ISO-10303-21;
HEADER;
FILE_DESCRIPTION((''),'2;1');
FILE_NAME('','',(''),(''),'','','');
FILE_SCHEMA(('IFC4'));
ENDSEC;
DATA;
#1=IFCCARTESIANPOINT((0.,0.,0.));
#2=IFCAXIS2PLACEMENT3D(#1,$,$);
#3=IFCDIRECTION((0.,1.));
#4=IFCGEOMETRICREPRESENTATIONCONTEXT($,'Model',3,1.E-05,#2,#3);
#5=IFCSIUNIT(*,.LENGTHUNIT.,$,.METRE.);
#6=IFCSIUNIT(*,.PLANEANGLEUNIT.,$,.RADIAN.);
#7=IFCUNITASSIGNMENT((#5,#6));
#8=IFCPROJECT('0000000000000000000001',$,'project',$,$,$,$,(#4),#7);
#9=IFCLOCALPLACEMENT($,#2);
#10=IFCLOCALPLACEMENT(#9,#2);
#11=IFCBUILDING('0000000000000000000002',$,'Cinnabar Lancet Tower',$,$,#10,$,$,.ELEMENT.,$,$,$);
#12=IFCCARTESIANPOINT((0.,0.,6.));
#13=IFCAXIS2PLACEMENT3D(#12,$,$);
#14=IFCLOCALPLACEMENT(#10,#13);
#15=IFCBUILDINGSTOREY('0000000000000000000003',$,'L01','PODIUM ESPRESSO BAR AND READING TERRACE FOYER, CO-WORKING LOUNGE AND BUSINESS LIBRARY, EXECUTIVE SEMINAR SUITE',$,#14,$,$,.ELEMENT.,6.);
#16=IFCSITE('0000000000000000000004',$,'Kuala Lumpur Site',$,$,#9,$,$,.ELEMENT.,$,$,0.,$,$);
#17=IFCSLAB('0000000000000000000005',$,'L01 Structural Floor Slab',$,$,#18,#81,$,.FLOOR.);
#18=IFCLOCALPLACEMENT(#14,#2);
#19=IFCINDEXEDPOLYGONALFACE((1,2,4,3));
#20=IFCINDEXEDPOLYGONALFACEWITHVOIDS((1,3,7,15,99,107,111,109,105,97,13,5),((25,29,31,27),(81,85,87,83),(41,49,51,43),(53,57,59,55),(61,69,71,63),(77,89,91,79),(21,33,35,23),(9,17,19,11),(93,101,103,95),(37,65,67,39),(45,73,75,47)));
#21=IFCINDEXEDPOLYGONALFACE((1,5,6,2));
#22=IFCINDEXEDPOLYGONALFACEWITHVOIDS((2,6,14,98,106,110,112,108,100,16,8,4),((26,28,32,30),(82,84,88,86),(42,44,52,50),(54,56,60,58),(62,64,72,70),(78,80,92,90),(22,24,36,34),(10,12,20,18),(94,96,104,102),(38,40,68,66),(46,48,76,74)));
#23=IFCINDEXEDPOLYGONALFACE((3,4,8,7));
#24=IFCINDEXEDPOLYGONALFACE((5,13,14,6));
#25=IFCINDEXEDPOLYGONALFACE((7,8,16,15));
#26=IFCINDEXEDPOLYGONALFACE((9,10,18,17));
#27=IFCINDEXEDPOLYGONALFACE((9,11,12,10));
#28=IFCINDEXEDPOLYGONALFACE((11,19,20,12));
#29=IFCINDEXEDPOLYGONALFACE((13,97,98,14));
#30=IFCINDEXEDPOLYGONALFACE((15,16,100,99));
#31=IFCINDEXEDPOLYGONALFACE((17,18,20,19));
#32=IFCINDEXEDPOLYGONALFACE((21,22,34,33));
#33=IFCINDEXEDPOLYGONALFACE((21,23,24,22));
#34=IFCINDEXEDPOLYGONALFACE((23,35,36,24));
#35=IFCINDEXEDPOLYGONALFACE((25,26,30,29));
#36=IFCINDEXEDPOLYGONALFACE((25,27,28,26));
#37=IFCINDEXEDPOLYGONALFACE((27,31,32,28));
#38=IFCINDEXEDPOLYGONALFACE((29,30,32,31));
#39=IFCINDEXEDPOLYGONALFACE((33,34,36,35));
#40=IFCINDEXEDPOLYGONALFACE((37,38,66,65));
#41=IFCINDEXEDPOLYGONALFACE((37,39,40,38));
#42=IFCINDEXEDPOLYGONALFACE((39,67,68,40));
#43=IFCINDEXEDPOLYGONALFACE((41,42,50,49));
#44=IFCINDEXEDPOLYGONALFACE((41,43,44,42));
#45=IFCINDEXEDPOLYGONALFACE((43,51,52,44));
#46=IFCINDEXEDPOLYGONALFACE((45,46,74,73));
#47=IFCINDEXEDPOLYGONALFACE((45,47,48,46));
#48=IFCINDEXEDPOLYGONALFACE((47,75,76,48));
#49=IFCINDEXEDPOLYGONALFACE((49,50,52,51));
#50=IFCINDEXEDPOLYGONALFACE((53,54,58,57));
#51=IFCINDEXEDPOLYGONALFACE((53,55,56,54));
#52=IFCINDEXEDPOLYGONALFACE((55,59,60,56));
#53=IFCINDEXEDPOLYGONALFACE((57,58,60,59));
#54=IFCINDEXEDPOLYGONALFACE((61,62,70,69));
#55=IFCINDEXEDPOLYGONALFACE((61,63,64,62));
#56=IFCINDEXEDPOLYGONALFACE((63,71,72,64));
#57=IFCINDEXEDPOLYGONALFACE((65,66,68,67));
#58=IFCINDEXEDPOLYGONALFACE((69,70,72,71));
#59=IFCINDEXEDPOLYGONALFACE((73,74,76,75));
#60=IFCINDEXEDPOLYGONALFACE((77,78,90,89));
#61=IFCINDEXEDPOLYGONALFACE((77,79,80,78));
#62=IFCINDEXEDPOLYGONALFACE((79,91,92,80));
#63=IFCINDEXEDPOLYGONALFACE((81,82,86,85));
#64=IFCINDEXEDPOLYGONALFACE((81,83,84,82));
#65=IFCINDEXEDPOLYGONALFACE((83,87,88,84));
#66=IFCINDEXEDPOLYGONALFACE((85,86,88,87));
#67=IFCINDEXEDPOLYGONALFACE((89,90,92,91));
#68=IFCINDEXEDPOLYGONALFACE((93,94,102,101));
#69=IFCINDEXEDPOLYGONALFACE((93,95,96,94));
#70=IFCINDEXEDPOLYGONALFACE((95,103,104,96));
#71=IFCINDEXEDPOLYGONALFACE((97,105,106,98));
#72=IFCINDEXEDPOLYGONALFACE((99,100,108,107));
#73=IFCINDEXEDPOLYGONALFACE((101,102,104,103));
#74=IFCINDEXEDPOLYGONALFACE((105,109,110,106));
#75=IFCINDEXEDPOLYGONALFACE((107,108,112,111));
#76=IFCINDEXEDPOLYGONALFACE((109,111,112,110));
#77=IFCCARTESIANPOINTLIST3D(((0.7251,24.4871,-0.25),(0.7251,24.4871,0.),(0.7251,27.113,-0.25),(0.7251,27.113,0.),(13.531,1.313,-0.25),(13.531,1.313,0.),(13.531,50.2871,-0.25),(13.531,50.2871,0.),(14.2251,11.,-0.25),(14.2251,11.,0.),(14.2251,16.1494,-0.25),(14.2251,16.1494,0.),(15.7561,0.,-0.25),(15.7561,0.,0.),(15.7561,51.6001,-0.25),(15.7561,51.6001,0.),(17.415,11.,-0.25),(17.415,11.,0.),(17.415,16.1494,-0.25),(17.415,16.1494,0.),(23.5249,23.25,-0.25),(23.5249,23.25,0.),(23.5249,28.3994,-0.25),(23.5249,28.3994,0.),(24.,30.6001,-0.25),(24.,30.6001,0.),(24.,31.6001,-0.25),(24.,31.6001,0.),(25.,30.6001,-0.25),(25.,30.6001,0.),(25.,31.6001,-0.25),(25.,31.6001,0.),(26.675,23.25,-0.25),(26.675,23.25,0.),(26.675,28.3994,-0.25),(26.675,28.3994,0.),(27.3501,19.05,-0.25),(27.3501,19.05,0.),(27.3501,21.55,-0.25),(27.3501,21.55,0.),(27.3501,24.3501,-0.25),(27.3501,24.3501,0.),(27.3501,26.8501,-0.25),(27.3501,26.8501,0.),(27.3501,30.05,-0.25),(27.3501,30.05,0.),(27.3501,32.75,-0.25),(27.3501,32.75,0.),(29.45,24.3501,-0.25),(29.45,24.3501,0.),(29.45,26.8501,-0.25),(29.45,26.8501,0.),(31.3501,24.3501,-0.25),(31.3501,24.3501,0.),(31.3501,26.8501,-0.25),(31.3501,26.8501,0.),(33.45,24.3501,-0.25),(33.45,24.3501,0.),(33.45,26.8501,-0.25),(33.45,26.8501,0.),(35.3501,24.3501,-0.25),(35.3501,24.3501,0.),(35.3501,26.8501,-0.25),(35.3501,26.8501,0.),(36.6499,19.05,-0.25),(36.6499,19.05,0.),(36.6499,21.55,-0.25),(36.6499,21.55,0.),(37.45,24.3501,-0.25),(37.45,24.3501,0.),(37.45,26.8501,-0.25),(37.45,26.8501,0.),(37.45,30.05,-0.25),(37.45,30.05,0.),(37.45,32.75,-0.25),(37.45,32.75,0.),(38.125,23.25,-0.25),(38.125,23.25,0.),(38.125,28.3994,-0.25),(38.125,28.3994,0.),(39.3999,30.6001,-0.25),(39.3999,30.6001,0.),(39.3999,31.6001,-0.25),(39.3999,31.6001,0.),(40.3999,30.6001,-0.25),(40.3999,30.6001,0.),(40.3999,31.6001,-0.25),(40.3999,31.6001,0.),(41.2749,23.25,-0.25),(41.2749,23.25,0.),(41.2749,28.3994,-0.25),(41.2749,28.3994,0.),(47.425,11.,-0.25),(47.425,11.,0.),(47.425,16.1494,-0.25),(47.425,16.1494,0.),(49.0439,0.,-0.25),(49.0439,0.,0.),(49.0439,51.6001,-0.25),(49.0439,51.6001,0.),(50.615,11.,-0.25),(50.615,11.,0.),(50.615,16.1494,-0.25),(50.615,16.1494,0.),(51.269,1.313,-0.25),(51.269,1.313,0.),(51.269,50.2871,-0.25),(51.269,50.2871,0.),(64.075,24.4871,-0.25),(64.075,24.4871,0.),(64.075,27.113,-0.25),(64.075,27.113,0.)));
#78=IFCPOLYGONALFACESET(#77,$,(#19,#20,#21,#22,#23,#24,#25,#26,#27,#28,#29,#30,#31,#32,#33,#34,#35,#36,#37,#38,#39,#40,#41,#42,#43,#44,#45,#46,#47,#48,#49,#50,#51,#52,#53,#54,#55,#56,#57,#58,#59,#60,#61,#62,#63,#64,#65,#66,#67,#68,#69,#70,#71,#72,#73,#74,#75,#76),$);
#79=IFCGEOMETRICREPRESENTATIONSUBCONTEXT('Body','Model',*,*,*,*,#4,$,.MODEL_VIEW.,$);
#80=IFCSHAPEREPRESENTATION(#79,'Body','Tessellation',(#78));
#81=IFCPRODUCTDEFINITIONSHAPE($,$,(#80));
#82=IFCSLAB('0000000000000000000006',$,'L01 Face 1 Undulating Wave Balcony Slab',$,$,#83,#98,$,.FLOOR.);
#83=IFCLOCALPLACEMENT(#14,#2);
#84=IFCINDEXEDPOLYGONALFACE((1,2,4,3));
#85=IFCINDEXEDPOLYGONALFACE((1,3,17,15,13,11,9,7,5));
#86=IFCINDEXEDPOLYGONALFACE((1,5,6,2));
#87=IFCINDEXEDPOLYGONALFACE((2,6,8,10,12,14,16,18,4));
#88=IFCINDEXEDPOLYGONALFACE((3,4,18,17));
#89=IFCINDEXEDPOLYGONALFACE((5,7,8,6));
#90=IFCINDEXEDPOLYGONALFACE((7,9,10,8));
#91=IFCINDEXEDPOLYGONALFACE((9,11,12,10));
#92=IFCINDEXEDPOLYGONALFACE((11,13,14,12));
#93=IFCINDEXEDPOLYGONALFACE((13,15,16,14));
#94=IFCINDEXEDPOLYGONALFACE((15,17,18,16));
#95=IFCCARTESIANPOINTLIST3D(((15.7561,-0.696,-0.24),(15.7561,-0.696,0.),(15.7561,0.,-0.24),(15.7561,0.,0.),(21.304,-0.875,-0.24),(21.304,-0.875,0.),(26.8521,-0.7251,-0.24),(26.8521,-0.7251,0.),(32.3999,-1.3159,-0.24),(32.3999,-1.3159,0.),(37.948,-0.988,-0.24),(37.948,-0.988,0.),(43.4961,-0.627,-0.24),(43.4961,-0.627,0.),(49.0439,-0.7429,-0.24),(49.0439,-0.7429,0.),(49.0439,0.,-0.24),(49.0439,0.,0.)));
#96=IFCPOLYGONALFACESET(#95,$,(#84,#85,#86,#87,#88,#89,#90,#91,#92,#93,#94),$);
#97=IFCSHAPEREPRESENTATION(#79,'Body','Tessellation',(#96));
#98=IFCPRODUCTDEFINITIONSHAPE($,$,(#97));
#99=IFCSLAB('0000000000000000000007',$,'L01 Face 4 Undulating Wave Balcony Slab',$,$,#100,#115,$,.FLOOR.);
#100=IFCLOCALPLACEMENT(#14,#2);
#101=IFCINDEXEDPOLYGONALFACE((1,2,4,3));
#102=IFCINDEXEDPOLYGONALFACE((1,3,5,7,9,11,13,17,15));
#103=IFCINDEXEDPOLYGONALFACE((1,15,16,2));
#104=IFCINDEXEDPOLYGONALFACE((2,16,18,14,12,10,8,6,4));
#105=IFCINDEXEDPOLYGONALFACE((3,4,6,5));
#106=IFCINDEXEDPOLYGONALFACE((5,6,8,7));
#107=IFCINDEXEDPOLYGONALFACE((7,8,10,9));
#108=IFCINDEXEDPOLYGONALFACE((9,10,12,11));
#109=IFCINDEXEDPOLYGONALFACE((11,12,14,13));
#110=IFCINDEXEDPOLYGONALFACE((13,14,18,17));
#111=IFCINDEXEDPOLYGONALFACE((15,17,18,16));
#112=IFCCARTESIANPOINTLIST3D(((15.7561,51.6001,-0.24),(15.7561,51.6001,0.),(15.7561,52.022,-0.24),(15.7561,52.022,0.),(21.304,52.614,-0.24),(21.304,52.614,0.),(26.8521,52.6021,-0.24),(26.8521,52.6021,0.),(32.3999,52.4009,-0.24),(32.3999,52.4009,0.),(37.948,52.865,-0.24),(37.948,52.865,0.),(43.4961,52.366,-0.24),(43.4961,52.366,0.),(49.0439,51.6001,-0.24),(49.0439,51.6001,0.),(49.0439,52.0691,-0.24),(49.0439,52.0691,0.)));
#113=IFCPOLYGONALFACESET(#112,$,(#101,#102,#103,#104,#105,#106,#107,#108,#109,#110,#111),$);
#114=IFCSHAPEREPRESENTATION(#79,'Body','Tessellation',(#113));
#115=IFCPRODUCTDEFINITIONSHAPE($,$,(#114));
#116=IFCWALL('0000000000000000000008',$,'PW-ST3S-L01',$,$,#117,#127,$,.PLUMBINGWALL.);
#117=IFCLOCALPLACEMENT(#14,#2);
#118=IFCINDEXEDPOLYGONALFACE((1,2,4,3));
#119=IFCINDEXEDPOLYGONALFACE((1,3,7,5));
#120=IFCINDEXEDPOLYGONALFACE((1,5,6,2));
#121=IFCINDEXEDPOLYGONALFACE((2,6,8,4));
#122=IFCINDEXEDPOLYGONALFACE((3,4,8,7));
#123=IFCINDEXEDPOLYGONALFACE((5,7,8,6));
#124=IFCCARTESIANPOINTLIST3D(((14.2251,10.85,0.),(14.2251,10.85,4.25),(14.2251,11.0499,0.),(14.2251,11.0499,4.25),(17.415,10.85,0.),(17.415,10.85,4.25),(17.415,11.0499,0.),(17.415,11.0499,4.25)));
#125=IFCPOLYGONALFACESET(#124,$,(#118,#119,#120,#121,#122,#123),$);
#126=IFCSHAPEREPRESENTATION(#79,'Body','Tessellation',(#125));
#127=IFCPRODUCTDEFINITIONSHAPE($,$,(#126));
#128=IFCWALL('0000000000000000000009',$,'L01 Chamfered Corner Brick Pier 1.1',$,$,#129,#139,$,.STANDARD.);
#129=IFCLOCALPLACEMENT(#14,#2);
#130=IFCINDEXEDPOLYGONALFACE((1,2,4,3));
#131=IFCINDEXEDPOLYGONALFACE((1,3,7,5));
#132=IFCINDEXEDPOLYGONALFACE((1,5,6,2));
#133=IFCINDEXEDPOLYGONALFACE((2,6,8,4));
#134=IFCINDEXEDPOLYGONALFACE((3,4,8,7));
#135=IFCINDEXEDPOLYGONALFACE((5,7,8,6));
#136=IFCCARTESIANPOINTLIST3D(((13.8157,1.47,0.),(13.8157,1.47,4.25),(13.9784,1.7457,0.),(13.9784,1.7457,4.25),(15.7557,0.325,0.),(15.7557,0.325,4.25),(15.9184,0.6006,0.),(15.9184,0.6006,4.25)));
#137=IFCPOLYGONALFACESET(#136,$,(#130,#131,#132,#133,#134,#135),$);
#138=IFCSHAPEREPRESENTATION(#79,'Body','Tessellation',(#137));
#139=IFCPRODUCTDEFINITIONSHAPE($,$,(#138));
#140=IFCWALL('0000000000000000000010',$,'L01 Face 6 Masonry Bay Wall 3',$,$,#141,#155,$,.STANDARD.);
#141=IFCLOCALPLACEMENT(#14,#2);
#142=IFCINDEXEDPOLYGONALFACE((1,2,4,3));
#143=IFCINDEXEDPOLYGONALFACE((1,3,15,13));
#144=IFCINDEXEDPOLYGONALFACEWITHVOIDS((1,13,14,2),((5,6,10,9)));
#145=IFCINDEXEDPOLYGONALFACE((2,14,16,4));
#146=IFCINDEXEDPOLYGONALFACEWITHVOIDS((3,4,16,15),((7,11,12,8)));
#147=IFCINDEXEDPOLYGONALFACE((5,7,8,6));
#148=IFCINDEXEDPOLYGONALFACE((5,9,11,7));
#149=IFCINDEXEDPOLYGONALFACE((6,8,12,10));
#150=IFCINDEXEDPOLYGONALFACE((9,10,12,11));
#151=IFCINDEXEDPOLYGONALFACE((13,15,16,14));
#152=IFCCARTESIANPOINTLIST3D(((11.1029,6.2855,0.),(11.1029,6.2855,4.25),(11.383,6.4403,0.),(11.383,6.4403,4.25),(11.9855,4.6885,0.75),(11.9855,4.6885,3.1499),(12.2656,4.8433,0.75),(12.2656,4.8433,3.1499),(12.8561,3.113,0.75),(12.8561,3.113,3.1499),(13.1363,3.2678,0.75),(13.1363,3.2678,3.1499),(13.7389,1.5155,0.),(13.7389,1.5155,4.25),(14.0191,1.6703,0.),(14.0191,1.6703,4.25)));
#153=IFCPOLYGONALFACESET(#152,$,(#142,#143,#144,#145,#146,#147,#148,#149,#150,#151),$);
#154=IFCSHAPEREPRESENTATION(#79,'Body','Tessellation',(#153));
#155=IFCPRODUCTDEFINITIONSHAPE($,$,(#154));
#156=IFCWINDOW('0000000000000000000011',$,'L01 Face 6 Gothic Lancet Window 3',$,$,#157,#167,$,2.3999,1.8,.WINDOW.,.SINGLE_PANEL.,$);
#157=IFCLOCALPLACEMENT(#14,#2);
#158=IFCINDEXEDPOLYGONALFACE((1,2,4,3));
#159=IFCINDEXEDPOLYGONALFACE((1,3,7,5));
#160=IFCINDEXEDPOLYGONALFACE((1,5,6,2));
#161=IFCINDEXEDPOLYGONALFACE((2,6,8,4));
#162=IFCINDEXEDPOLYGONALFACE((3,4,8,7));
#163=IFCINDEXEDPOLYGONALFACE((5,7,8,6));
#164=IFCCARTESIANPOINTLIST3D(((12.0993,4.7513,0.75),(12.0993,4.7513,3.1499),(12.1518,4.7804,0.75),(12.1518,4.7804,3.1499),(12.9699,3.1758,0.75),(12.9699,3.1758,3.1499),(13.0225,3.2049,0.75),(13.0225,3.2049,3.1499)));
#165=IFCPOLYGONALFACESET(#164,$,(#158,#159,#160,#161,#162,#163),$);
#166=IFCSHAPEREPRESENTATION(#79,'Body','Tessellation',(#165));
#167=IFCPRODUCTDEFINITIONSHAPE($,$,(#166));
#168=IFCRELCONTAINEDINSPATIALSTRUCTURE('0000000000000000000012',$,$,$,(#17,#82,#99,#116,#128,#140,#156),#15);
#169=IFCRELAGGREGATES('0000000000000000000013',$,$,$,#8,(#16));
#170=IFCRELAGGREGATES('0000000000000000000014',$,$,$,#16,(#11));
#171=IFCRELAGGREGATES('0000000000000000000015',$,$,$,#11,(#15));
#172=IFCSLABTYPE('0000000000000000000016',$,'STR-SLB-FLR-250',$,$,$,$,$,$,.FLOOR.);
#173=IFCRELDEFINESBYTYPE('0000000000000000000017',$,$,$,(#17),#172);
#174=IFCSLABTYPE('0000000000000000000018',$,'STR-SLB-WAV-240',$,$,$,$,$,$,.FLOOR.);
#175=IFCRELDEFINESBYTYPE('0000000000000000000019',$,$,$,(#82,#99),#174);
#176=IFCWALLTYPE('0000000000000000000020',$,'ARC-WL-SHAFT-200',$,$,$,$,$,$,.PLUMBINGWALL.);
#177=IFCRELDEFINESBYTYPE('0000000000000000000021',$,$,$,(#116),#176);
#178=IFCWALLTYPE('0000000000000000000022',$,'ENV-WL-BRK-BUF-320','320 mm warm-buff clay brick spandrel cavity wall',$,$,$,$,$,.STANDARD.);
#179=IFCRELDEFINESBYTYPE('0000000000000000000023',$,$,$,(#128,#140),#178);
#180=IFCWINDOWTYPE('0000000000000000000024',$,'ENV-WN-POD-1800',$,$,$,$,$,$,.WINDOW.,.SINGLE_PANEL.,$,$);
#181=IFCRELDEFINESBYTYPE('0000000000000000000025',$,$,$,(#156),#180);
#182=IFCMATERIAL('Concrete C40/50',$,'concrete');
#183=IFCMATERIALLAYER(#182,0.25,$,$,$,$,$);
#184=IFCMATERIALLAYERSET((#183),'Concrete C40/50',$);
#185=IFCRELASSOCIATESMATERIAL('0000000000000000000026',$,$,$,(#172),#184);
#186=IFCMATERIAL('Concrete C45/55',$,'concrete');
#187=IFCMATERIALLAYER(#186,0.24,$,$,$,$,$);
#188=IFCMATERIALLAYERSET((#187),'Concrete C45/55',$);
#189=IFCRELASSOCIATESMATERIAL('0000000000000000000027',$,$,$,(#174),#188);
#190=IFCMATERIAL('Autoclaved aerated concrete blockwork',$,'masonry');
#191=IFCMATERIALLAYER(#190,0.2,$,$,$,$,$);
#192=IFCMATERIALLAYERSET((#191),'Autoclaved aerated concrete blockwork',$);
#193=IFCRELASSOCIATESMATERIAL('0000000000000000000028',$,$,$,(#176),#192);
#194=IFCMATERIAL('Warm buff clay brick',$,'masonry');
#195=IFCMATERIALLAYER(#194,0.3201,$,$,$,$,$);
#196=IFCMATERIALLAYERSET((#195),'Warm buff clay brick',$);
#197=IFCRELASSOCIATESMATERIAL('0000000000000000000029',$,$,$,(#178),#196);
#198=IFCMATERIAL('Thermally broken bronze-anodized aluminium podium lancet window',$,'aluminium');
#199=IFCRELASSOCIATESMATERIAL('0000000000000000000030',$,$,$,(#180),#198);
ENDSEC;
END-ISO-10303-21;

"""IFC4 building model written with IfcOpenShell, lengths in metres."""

from ifc_helpers import new_model, si_unit, direction, frame, frame_2d, origin, place, context, subcontext, project, spatial, polyline, rectangle, outline, extrude, material, layer, layer_set, type_object, element, fill, save


model = new_model("IFC4")

# Units and contexts
model_context = context("Model", 3, precision=1e-05, world=origin(), true_north=direction((0.0, 1.0)))
body_context = subcontext(model_context, "Body", "Model", "MODEL_VIEW")
ifc_project = project(units=[si_unit("LENGTHUNIT", "METRE"), si_unit("PLANEANGLEUNIT", "RADIAN")], contexts=[model_context])

# Site, building, storey
site_placement = place(None, origin())
site = spatial("IfcSite", under=ifc_project, at=site_placement, Name="Kuala Lumpur Site", CompositionType="ELEMENT", RefElevation=0.0)
building_placement = place(site_placement, origin())
building = spatial("IfcBuilding", under=site, at=building_placement, Name="Cinnabar Lancet Tower", CompositionType="ELEMENT")
storey_placement = place(building_placement, frame((0.0, 0.0, 6.0)))
storey = spatial("IfcBuildingStorey", under=building, at=storey_placement, Name="L01", Description="PODIUM ESPRESSO BAR AND READING TERRACE FOYER, CO-WORKING LOUNGE AND BUSINESS LIBRARY, EXECUTIVE SEMINAR SUITE", CompositionType="ELEMENT", Elevation=6.0)

# Slabs
ifc_material_1 = material(Name="Concrete C40/50", Category="concrete")
ifc_layer_1 = layer(ifc_material_1, 0.25)
ifc_layer_set_1 = layer_set([ifc_layer_1], Name="Concrete C40/50")
slab_type_1 = type_object("IfcSlabType", Name="STR-SLB-FLR-250", PredefinedType="FLOOR", material=ifc_layer_set_1)
slab_1_placement = place(storey_placement, frame((0.0, 0.0, -0.25)))
element("IfcSlab", 1, at=slab_1_placement, inside=storey, type_object=slab_type_1, Name="L01 Structural Floor Slab", PredefinedType="FLOOR", context=body_context, shape_type="SweptSolid", body=[
    extrude(outline(polyline([(13.531, 1.313), (15.7561, 0.0), (49.0439, 0.0), (51.269, 1.313), (64.075, 24.4871), (64.075, 27.113), (51.269, 50.2871), (49.0439, 51.6001), (15.7561, 51.6001), (13.531, 50.2871), (0.7251, 27.113), (0.7251, 24.4871), (13.531, 1.313)]), holes=[polyline([(23.5249, 23.25), (26.675, 23.25), (26.675, 28.3994), (23.5249, 28.3994), (23.5249, 23.25)]), polyline([(38.125, 23.25), (41.2749, 23.25), (41.2749, 28.3994), (38.125, 28.3994), (38.125, 23.25)]), polyline([(14.2251, 11.0), (17.415, 11.0), (17.415, 16.1494), (14.2251, 16.1494), (14.2251, 11.0)]), polyline([(47.425, 11.0), (50.615, 11.0), (50.615, 16.1494), (47.425, 16.1494), (47.425, 11.0)]), polyline([(27.3501, 30.05), (37.45, 30.05), (37.45, 32.75), (27.3501, 32.75), (27.3501, 30.05)]), polyline([(27.3501, 19.05), (36.6499, 19.05), (36.6499, 21.55), (27.3501, 21.55), (27.3501, 19.05)]), polyline([(27.3501, 24.3501), (29.45, 24.3501), (29.45, 26.8501), (27.3501, 26.8501), (27.3501, 24.3501)]), polyline([(35.3501, 24.3501), (37.45, 24.3501), (37.45, 26.8501), (35.3501, 26.8501), (35.3501, 24.3501)]), polyline([(31.3501, 24.3501), (33.45, 24.3501), (33.45, 26.8501), (31.3501, 26.8501), (31.3501, 24.3501)]), polyline([(24.0, 30.6001), (25.0, 30.6001), (25.0, 31.6001), (24.0, 31.6001), (24.0, 30.6001)]), polyline([(39.3999, 30.6001), (40.3999, 30.6001), (40.3999, 31.6001), (39.3999, 31.6001), (39.3999, 30.6001)])]), origin(), (0.0, 0.0, 1.0), 0.25),
])
ifc_material_2 = material(Name="Concrete C45/55", Category="concrete")
ifc_layer_2 = layer(ifc_material_2, 0.24)
ifc_layer_set_2 = layer_set([ifc_layer_2], Name="Concrete C45/55")
slab_type_2 = type_object("IfcSlabType", Name="STR-SLB-WAV-240", PredefinedType="FLOOR", material=ifc_layer_set_2)
slab_2_placement = place(storey_placement, frame((0.0, 0.0, -0.24)))
element("IfcSlab", 2, at=slab_2_placement, inside=storey, type_object=slab_type_2, Name="L01 Face 1 Undulating Wave Balcony Slab", PredefinedType="FLOOR", context=body_context, shape_type="SweptSolid", body=[
    extrude(outline(polyline([(15.7561, 0.0), (15.7561, -0.696), (21.304, -0.875), (26.8521, -0.7251), (32.3999, -1.3159), (37.948, -0.988), (43.4961, -0.627), (49.0439, -0.7429), (49.0439, 0.0), (15.7561, 0.0)])), origin(), (0.0, 0.0, 1.0), 0.24),
])
slab_3_placement = place(storey_placement, frame((0.0, 0.0, -0.24)))
element("IfcSlab", 3, at=slab_3_placement, inside=storey, type_object=slab_type_2, Name="L01 Face 4 Undulating Wave Balcony Slab", PredefinedType="FLOOR", context=body_context, shape_type="SweptSolid", body=[
    extrude(outline(polyline([(49.0439, 51.6001), (49.0439, 52.0691), (43.4961, 52.366), (37.948, 52.865), (32.3999, 52.4009), (26.8521, 52.6021), (21.304, 52.614), (15.7561, 52.022), (15.7561, 51.6001), (49.0439, 51.6001)])), origin(), (0.0, 0.0, 1.0), 0.24),
])

# Walls
ifc_material_3 = material(Name="Autoclaved aerated concrete blockwork", Category="masonry")
ifc_layer_3 = layer(ifc_material_3, 0.2)
ifc_layer_set_3 = layer_set([ifc_layer_3], Name="Autoclaved aerated concrete blockwork")
wall_type_1 = type_object("IfcWallType", Name="ARC-WL-SHAFT-200", PredefinedType="PLUMBINGWALL", material=ifc_layer_set_3)
wall_1_placement = place(storey_placement, frame((14.2251, 10.95, 0.0), z_axis=(0.0, 0.0, 1.0), x_axis=(1.0, 0.0, 0.0)))
element("IfcWall", 4, at=wall_1_placement, inside=storey, type_object=wall_type_1, Name="PW-ST3S-L01", PredefinedType="PLUMBINGWALL", context=body_context, shape_type="SweptSolid", body=[
    extrude(rectangle(XDim=3.1899, YDim=0.2, at=frame_2d((1.595, 0.0))), origin(), (0.0, 0.0, 1.0), 4.25),
])
ifc_material_4 = material(Name="Warm buff clay brick", Category="masonry")
ifc_layer_4 = layer(ifc_material_4, 0.3201)
ifc_layer_set_4 = layer_set([ifc_layer_4], Name="Warm buff clay brick")
wall_type_2 = type_object("IfcWallType", Name="ENV-WL-BRK-BUF-320", Description="320 mm warm-buff clay brick spandrel cavity wall", PredefinedType="STANDARD", material=ifc_layer_set_4)
wall_2_placement = place(storey_placement, frame((13.897, 1.6079, 0.0), z_axis=(0.0, 0.0, 1.0), x_axis=(0.861181, -0.508298, 0.0)))
element("IfcWall", 5, at=wall_2_placement, inside=storey, type_object=wall_type_2, Name="L01 Chamfered Corner Brick Pier 1.1", PredefinedType="STANDARD", context=body_context, shape_type="SweptSolid", body=[
    extrude(rectangle(XDim=2.2527, YDim=0.3201, at=frame_2d((1.1265, 0.0))), origin(), (0.0, 0.0, 1.0), 4.25),
])

# Wall, opening, window
wall_3_placement = place(storey_placement, frame((11.2429, 6.363, 0.0), z_axis=(0.0, 0.0, 1.0), x_axis=(0.483675, -0.875248, 0.0)))
wall_3 = element("IfcWall", 6, at=wall_3_placement, inside=storey, type_object=wall_type_2, Name="L01 Face 6 Masonry Bay Wall 3", PredefinedType="STANDARD", context=body_context, shape_type="SweptSolid", body=[
    extrude(rectangle(XDim=5.45, YDim=0.3201, at=frame_2d((2.7251, 0.0))), origin(), (0.0, 0.0, 1.0), 4.25),
])
opening_placement = place(wall_3_placement, frame((1.825, 0.0, 0.75)))
opening = element("IfcOpeningElement", 7, at=opening_placement, cuts=wall_3, PredefinedType="OPENING", context=body_context, shape_type="SweptSolid", body=[
    extrude(rectangle(XDim=1.8, YDim=2.3999, at=frame_2d((0.8999, 1.2))), frame((0.0, 0.1699, 0.0), z_axis=(0.0, -1.0, 0.0), x_axis=(1.0, 0.0, 0.0)), (0.0, 0.0, 1.0), 0.3401),
])
ifc_material_5 = material(Name="Thermally broken bronze-anodized aluminium podium lancet window", Category="aluminium")
window_type = type_object("IfcWindowType", Name="ENV-WN-POD-1800", PartitioningType="SINGLE_PANEL", PredefinedType="WINDOW", material=ifc_material_5)
window_placement = place(opening_placement, origin())
window = element("IfcWindow", 8, at=window_placement, inside=storey, type_object=window_type, Name="L01 Face 6 Gothic Lancet Window 3", OverallHeight=2.3999, OverallWidth=1.8, PartitioningType="SINGLE_PANEL", PredefinedType="WINDOW", context=body_context, shape_type="SweptSolid", body=[
    extrude(rectangle(XDim=1.8, YDim=2.3999, at=frame_2d((0.8999, 1.2))), frame((0.0, 0.03, 0.0), z_axis=(0.0, -1.0, 0.0), x_axis=(1.0, 0.0, 0.0)), (0.0, 0.0, 1.0), 0.0601),
])
fill(opening, window)

save(model, "model.ifc")
